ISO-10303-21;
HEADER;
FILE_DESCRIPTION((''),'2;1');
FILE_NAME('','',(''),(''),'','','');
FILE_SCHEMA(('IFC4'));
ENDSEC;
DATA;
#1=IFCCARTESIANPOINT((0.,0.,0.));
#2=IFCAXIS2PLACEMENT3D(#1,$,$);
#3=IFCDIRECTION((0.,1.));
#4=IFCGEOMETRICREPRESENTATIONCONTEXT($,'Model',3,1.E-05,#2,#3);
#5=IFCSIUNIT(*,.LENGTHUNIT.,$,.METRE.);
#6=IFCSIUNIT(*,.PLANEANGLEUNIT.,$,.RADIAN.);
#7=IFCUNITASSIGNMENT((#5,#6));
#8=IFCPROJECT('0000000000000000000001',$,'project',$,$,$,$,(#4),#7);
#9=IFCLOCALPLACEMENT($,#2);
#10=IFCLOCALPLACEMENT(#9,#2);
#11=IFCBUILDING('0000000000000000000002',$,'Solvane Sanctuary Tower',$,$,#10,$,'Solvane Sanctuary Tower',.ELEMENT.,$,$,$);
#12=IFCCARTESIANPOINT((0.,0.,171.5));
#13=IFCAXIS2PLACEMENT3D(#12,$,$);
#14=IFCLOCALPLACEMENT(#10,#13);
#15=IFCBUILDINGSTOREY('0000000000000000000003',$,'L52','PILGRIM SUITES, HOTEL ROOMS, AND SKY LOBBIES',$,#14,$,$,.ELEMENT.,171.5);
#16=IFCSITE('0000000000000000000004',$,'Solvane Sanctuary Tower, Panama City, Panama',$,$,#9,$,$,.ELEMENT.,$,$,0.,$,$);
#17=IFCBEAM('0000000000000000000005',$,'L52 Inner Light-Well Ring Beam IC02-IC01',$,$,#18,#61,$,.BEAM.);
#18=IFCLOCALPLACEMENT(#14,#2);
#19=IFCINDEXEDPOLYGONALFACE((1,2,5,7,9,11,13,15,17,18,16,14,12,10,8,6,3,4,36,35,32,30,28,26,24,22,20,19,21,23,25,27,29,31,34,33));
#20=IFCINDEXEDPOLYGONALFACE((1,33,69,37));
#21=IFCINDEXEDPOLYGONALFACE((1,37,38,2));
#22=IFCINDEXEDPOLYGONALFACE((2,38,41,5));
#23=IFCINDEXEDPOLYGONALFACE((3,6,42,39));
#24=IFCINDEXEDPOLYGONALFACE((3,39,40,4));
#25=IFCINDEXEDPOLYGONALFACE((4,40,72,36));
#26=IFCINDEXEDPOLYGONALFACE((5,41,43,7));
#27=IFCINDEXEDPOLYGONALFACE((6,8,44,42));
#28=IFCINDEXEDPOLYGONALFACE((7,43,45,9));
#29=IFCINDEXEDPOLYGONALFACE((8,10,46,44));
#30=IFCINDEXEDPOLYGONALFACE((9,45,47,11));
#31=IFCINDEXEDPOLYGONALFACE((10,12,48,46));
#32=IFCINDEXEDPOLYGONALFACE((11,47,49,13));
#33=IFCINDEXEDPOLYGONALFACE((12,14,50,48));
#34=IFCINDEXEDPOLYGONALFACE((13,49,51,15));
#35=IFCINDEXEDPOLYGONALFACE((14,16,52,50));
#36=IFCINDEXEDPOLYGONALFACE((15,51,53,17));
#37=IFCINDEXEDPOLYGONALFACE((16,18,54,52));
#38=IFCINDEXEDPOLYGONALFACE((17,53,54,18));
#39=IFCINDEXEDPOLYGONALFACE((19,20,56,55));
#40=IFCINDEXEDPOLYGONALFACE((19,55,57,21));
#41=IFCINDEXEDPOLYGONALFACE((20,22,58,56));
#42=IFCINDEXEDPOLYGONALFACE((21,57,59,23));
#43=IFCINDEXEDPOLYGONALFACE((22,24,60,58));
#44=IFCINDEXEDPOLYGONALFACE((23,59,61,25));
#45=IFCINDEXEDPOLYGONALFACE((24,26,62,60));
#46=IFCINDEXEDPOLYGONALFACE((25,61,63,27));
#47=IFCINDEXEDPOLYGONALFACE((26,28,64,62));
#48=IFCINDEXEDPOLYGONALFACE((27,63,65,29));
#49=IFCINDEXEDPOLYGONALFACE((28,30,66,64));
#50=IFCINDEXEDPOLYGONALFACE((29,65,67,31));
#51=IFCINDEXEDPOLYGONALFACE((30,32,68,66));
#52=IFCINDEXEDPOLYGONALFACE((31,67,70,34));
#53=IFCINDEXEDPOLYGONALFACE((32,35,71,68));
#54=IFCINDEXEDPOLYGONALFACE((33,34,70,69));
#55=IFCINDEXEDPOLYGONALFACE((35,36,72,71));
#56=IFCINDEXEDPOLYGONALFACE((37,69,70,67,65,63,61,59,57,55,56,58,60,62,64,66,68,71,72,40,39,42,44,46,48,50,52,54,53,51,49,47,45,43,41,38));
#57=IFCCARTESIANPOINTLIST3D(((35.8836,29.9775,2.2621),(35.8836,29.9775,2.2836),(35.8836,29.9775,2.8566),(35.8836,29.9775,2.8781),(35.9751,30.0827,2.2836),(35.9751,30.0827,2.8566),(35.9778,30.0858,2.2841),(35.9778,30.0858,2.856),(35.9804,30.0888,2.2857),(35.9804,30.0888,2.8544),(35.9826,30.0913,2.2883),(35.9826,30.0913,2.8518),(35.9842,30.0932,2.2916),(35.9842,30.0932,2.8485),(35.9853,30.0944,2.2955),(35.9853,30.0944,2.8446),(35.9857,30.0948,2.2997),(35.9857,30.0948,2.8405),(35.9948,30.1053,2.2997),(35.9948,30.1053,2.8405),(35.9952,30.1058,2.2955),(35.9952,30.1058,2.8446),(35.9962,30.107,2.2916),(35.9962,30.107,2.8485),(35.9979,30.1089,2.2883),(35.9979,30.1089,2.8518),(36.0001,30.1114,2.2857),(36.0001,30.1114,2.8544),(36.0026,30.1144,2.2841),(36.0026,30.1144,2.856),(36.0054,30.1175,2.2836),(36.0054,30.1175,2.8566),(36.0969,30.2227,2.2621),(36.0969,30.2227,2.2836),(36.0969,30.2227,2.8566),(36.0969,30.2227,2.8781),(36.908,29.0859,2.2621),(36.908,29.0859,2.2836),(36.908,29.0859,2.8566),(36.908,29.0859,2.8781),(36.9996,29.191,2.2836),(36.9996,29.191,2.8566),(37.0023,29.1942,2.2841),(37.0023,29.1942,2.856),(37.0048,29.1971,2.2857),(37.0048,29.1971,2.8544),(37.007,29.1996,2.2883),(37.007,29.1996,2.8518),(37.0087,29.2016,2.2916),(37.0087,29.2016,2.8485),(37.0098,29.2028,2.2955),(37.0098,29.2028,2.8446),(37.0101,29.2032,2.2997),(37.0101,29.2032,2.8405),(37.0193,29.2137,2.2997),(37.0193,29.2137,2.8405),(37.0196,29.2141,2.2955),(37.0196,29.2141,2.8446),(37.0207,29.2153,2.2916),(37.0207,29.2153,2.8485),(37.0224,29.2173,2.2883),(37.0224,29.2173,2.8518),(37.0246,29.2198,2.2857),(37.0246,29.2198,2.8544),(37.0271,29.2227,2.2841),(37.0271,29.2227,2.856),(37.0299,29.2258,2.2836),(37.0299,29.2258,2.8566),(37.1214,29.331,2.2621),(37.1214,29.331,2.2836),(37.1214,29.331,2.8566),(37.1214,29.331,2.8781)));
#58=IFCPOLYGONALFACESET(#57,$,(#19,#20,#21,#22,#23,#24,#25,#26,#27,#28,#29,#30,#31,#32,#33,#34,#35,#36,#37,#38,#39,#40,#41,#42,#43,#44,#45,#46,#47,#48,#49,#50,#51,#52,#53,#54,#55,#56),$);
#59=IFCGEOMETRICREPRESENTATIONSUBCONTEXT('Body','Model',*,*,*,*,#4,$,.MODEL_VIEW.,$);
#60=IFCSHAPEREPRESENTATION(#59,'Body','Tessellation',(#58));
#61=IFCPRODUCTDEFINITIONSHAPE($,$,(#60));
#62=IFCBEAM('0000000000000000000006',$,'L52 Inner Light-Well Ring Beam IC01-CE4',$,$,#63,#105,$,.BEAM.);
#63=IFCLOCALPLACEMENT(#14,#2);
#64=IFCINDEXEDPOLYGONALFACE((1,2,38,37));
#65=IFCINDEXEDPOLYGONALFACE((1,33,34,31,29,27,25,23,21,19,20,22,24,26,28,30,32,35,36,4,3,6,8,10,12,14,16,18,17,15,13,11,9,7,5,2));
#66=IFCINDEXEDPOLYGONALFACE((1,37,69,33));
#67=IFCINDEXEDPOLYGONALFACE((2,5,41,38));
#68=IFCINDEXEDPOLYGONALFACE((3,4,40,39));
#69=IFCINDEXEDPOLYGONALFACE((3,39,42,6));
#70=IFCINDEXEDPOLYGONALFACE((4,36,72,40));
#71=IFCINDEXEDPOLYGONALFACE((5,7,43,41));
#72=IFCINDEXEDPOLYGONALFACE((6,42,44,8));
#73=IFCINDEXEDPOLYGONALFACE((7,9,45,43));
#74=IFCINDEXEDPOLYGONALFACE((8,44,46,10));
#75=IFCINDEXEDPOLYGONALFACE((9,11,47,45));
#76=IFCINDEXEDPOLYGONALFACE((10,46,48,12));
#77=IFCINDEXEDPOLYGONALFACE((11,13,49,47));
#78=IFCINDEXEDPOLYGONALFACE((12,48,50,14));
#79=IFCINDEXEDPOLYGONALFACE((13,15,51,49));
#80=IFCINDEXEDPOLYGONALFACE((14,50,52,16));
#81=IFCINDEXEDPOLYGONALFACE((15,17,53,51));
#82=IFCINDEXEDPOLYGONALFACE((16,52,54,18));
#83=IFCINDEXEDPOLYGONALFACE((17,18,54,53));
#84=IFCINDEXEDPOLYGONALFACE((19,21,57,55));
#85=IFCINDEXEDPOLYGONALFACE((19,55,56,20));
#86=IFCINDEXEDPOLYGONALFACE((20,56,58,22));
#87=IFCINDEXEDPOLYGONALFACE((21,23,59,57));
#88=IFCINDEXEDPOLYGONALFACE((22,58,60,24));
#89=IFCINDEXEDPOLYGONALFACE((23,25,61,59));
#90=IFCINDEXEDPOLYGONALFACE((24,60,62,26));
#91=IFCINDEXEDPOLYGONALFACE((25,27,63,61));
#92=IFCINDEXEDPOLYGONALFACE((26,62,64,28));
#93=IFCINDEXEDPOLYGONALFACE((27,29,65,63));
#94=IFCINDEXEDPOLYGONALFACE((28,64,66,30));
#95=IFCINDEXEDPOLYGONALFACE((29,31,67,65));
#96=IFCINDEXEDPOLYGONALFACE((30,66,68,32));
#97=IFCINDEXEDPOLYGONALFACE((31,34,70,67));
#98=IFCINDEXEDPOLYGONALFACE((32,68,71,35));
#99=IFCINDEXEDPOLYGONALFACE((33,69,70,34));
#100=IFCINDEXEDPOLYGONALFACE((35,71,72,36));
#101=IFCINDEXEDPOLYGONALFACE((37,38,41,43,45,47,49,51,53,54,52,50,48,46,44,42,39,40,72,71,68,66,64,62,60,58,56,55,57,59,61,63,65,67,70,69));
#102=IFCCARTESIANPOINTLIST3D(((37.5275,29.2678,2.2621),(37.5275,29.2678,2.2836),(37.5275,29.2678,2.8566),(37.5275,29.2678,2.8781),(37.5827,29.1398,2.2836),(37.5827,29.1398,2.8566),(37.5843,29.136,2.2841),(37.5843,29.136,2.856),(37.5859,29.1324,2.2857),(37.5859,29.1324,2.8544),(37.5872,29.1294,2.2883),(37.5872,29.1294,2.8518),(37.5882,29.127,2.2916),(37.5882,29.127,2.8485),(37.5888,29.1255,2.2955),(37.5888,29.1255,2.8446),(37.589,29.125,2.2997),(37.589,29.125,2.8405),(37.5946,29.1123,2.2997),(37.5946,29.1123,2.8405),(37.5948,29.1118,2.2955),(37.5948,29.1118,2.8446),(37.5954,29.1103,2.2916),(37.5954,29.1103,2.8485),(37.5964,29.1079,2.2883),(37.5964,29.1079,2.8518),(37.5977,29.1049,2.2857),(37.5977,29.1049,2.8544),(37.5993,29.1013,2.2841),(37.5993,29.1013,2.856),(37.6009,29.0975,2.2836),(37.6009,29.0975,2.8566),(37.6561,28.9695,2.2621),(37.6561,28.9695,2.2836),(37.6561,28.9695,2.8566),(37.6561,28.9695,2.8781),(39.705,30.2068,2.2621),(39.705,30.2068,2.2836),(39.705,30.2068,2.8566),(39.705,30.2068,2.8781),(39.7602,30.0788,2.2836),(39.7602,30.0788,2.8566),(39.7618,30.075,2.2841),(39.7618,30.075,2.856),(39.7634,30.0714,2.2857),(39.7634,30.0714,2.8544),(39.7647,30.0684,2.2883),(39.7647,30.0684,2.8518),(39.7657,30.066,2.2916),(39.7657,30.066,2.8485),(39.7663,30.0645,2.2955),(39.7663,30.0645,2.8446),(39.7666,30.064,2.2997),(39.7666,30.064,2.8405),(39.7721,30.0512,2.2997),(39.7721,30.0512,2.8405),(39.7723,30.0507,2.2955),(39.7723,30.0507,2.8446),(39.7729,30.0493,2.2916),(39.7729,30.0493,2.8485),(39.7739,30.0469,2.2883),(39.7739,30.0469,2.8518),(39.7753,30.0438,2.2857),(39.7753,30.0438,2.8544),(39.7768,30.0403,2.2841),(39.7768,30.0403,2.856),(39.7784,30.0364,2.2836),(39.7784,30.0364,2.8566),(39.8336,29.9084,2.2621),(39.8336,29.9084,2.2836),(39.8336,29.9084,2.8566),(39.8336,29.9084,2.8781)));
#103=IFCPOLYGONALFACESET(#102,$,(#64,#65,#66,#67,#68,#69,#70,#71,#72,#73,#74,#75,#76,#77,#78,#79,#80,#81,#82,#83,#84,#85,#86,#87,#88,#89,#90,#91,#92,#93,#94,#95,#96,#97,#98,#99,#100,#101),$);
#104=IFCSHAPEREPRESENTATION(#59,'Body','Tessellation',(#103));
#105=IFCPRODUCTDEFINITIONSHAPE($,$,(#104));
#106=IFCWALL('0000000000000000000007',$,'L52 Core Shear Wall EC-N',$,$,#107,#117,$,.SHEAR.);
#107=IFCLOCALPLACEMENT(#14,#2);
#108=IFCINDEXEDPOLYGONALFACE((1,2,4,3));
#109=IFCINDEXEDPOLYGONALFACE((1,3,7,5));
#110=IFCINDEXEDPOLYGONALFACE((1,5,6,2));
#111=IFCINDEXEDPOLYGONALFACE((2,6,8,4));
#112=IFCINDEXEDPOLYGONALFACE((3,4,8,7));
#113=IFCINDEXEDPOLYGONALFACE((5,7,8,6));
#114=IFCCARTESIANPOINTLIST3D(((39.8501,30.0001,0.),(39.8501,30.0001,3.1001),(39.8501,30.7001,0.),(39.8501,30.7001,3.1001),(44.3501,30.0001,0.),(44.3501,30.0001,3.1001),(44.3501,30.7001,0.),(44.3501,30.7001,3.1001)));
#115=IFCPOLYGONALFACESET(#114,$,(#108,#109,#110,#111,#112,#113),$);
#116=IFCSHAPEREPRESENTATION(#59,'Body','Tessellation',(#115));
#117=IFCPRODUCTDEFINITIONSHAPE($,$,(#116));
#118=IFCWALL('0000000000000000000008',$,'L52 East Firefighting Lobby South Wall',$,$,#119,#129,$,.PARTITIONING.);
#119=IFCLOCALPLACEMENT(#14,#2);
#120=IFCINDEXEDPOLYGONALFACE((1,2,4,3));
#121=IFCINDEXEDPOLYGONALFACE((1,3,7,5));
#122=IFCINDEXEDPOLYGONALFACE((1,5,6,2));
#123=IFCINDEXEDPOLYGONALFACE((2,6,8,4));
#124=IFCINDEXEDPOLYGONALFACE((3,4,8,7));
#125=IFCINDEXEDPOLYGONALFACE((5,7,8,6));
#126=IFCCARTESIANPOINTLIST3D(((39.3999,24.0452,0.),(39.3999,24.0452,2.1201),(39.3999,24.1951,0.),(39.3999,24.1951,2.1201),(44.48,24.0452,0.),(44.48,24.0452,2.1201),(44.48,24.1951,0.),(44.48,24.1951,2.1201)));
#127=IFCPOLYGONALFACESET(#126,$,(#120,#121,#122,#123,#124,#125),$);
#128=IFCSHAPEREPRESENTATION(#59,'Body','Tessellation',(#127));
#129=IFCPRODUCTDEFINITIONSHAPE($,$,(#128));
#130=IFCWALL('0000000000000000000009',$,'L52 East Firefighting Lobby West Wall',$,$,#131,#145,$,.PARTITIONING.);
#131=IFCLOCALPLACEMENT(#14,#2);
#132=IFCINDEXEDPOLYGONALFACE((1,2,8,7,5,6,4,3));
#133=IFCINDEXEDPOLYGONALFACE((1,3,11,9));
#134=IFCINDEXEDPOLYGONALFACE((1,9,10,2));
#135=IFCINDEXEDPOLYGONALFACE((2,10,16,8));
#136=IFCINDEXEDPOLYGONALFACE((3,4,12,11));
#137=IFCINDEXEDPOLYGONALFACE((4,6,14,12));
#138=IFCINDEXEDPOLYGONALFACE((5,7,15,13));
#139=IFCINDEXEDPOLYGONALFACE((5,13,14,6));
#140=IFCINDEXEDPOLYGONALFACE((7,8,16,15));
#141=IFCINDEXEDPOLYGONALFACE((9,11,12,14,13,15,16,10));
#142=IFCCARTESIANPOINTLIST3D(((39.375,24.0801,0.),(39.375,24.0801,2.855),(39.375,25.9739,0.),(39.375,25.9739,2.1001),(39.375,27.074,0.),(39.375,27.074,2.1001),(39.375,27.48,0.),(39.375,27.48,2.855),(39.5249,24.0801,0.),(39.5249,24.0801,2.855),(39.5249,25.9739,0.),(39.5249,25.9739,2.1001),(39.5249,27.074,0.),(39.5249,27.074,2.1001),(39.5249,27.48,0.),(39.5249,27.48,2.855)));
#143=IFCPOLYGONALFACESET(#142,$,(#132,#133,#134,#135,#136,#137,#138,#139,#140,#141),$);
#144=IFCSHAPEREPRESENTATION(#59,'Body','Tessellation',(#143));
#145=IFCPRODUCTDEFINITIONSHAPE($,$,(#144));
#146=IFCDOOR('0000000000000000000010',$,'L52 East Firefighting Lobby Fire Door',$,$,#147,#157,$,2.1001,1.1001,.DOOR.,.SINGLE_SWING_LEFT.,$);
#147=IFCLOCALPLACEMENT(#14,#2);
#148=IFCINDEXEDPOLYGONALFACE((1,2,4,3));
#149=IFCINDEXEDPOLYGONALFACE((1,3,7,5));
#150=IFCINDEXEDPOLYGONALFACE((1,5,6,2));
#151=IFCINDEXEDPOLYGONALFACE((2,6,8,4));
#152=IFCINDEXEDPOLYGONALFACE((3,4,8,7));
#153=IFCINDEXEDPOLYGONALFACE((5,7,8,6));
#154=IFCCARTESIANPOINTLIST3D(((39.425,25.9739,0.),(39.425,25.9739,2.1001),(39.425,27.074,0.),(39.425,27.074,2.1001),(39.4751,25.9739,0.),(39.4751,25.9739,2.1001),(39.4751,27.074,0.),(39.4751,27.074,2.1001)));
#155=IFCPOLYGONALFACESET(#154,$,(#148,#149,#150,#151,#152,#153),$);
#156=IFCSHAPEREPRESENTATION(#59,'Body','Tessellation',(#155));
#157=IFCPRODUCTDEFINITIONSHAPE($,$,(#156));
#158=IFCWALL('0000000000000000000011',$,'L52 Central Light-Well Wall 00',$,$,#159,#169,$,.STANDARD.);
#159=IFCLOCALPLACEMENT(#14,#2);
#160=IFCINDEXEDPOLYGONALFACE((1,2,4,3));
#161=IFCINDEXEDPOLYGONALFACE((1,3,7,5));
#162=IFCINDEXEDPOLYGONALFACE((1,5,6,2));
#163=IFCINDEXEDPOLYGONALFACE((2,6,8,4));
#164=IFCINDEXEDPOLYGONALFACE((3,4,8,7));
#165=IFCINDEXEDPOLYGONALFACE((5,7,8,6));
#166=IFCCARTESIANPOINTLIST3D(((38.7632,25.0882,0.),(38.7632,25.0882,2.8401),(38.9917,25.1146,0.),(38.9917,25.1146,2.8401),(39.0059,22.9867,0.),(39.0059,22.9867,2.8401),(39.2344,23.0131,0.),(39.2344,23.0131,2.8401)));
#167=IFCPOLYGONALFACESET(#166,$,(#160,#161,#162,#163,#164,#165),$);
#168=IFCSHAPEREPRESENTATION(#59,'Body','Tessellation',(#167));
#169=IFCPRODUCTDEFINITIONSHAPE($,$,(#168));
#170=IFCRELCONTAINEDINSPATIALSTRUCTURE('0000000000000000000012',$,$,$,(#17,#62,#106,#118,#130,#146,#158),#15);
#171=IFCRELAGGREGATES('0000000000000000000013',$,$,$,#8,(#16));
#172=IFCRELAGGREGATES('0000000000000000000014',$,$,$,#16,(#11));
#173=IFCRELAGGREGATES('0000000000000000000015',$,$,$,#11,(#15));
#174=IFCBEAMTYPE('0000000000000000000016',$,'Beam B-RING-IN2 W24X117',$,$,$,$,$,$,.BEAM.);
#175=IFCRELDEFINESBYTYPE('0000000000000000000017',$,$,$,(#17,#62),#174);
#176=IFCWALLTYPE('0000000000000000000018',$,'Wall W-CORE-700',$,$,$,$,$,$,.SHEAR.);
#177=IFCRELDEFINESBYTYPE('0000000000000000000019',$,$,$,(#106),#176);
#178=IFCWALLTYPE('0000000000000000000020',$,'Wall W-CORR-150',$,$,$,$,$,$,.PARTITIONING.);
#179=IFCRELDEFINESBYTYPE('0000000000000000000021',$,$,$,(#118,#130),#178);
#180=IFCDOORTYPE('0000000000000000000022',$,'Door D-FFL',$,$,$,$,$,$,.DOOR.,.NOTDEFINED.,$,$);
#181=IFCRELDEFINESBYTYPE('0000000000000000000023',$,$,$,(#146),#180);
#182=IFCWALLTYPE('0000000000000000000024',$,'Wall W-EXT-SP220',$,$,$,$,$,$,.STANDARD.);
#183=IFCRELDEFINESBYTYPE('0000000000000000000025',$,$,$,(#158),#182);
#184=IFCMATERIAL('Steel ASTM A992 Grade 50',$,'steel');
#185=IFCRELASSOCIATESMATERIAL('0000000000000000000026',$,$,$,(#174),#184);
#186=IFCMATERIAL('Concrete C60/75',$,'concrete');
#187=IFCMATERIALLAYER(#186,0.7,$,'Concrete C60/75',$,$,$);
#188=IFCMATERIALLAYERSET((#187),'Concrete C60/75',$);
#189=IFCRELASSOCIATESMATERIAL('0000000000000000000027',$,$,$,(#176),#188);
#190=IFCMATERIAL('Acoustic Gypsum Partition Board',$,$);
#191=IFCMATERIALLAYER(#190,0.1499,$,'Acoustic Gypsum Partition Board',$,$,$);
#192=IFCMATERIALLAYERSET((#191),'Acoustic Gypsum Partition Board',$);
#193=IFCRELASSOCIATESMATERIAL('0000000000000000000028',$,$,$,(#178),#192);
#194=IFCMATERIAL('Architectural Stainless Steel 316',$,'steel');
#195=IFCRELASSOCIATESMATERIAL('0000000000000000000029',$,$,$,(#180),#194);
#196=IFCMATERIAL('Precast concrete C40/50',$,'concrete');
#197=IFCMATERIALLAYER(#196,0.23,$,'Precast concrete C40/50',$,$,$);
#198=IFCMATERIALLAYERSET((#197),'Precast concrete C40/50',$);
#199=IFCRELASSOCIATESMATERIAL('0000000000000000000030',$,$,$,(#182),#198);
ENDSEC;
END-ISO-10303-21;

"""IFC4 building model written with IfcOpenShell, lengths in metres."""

from ifc_helpers import new_model, si_unit, direction, frame, frame_2d, origin, origin_2d, place, context, subcontext, project, spatial, rectangle, i_section, extrude, material, layer, layer_set, material_profile, profile_set, type_object, element, fill, save


model = new_model("IFC4")

# Units and contexts
model_context = context("Model", 3, precision=1e-05, world=origin(), true_north=direction((0.0, 1.0)))
body_context = subcontext(model_context, "Body", "Model", "MODEL_VIEW")
ifc_project = project(units=[si_unit("LENGTHUNIT", "METRE"), si_unit("PLANEANGLEUNIT", "RADIAN")], contexts=[model_context])

# Site, building, storey
site_placement = place(None, origin())
site = spatial("IfcSite", under=ifc_project, at=site_placement, Name="Solvane Sanctuary Tower, Panama City, Panama", CompositionType="ELEMENT", RefElevation=0.0)
building_placement = place(site_placement, origin())
building = spatial("IfcBuilding", under=site, at=building_placement, Name="Solvane Sanctuary Tower", LongName="Solvane Sanctuary Tower", CompositionType="ELEMENT")
storey_placement = place(building_placement, frame((0.0, 0.0, 171.5)))
storey = spatial("IfcBuildingStorey", under=building, at=storey_placement, Name="L52", Description="PILGRIM SUITES, HOTEL ROOMS, AND SKY LOBBIES", CompositionType="ELEMENT", Elevation=171.5)

# Beams
ifc_material_1 = material(Name="Steel ASTM A992 Grade 50", Category="steel")
ifc_material_profile_1 = material_profile(ifc_material_1, i_section(OverallWidth=0.325, OverallDepth=0.616, WebThickness=0.0139, FlangeThickness=0.0215, FilletRadius=0.0161, at=origin_2d()), Name="W24X117")
ifc_profile_set_1 = profile_set([ifc_material_profile_1], Name="Steel ASTM A992 Grade 50")
beam_type_1 = type_object("IfcBeamType", Name="Beam B-RING-IN2 W24X117", PredefinedType="BEAM", material=ifc_profile_set_1)
beam_1_placement = place(storey_placement, frame((35.9902, 30.1001, 2.5701), z_axis=(0.754311, -0.656517, 0.0), x_axis=(0.656517, 0.754311, 0.0)))
element("IfcBeam", 1, at=beam_1_placement, inside=storey, type_object=beam_type_1, Name="L52 Inner Light-Well Ring Beam IC02-IC01", PredefinedType="BEAM", context=body_context, shape_type="SweptSolid", body=[
    extrude(i_section(OverallWidth=0.325, OverallDepth=0.616, WebThickness=0.0139, FlangeThickness=0.0215, FilletRadius=0.0161, at=origin_2d()), origin(), (0.0, 0.0, 1.0), 1.3582),
])
beam_2_placement = place(storey_placement, frame((37.5918, 29.1187, 2.5701), z_axis=(0.918264, 0.395969, 0.0), x_axis=(-0.395969, 0.918264, 0.0)))
element("IfcBeam", 2, at=beam_2_placement, inside=storey, type_object=beam_type_1, Name="L52 Inner Light-Well Ring Beam IC01-CE4", PredefinedType="BEAM", context=body_context, shape_type="SweptSolid", body=[
    extrude(i_section(OverallWidth=0.325, OverallDepth=0.616, WebThickness=0.0139, FlangeThickness=0.0215, FilletRadius=0.0161, at=origin_2d()), origin(), (0.0, 0.0, 1.0), 2.3713),
])

# Walls
ifc_material_2 = material(Name="Concrete C60/75", Category="concrete")
ifc_layer_1 = layer(ifc_material_2, 0.7, Name="Concrete C60/75")
ifc_layer_set_1 = layer_set([ifc_layer_1], Name="Concrete C60/75")
wall_type_1 = type_object("IfcWallType", Name="Wall W-CORE-700", PredefinedType="SHEAR", material=ifc_layer_set_1)
wall_1_placement = place(storey_placement, frame((39.8501, 30.3501, 0.0), z_axis=(0.0, 0.0, 1.0), x_axis=(1.0, 0.0, 0.0)))
element("IfcWall", 3, at=wall_1_placement, inside=storey, type_object=wall_type_1, Name="L52 Core Shear Wall EC-N", PredefinedType="SHEAR", context=body_context, shape_type="SweptSolid", body=[
    extrude(rectangle(XDim=4.5, YDim=0.7, at=frame_2d((2.25, 0.0))), origin(), (0.0, 0.0, 1.0), 3.1001),
])
ifc_material_3 = material(Name="Acoustic Gypsum Partition Board")
ifc_layer_2 = layer(ifc_material_3, 0.1499, Name="Acoustic Gypsum Partition Board")
ifc_layer_set_2 = layer_set([ifc_layer_2], Name="Acoustic Gypsum Partition Board")
wall_type_2 = type_object("IfcWallType", Name="Wall W-CORR-150", PredefinedType="PARTITIONING", material=ifc_layer_set_2)
wall_2_placement = place(storey_placement, frame((39.3999, 24.1201, 0.0), z_axis=(0.0, 0.0, 1.0), x_axis=(1.0, 0.0, 0.0)))
element("IfcWall", 4, at=wall_2_placement, inside=storey, type_object=wall_type_2, Name="L52 East Firefighting Lobby South Wall", PredefinedType="PARTITIONING", context=body_context, shape_type="SweptSolid", body=[
    extrude(rectangle(XDim=5.0801, YDim=0.1499, at=frame_2d((2.54, 0.0))), origin(), (0.0, 0.0, 1.0), 2.1201),
])

# Wall, opening, door
wall_3_placement = place(storey_placement, frame((39.45, 24.0801, 0.0), z_axis=(0.0, 0.0, 1.0), x_axis=(0.0, 1.0, 0.0)))
wall_3 = element("IfcWall", 5, at=wall_3_placement, inside=storey, type_object=wall_type_2, Name="L52 East Firefighting Lobby West Wall", PredefinedType="PARTITIONING", context=body_context, shape_type="SweptSolid", body=[
    extrude(rectangle(XDim=3.3999, YDim=0.1499, at=frame_2d((1.7, 0.0))), origin(), (0.0, 0.0, 1.0), 2.855),
])
opening_1_placement = place(wall_3_placement, frame((1.8938, 0.0, 0.0)))
opening_1 = element("IfcOpeningElement", 6, at=opening_1_placement, cuts=wall_3, PredefinedType="OPENING", context=body_context, shape_type="SweptSolid", body=[
    extrude(rectangle(XDim=1.1001, YDim=2.1001, at=frame_2d((0.55, 1.05))), frame((0.0, 0.085, 0.0), z_axis=(0.0, -1.0, 0.0), x_axis=(1.0, 0.0, 0.0)), (0.0, 0.0, 1.0), 0.1699),
])
ifc_material_4 = material(Name="Architectural Stainless Steel 316", Category="steel")
door_type = type_object("IfcDoorType", Name="Door D-FFL", OperationType="NOTDEFINED", PredefinedType="DOOR", material=ifc_material_4)
door_placement = place(opening_1_placement, origin())
door = element("IfcDoor", 7, at=door_placement, inside=storey, type_object=door_type, Name="L52 East Firefighting Lobby Fire Door", OperationType="SINGLE_SWING_LEFT", OverallHeight=2.1001, OverallWidth=1.1001, PredefinedType="DOOR", context=body_context, shape_type="SweptSolid", body=[
    extrude(rectangle(XDim=1.1001, YDim=2.1001, at=frame_2d((0.55, 1.05))), frame((0.0, 0.0249, 0.0), z_axis=(0.0, -1.0, 0.0), x_axis=(1.0, 0.0, 0.0)), (0.0, 0.0, 1.0), 0.05),
])
fill(opening_1, door)

# Wall
ifc_material_5 = material(Name="Precast concrete C40/50", Category="concrete")
ifc_layer_3 = layer(ifc_material_5, 0.23, Name="Precast concrete C40/50")
ifc_layer_set_3 = layer_set([ifc_layer_3], Name="Precast concrete C40/50")
wall_type_3 = type_object("IfcWallType", Name="Wall W-EXT-SP220", PredefinedType="STANDARD", material=ifc_layer_set_3)
wall_4_placement = place(storey_placement, frame((39.1201, 23.0, 0.0), z_axis=(0.0, 0.0, 1.0), x_axis=(-0.114712, 0.993399, 0.0)))
element("IfcWall", 8, at=wall_4_placement, inside=storey, type_object=wall_type_3, Name="L52 Central Light-Well Wall 00", PredefinedType="STANDARD", context=body_context, shape_type="SweptSolid", body=[
    extrude(rectangle(XDim=2.1155, YDim=0.23, at=frame_2d((1.0576, 0.0))), origin(), (0.0, 0.0, 1.0), 2.8401),
])

save(model, "model.ifc")
